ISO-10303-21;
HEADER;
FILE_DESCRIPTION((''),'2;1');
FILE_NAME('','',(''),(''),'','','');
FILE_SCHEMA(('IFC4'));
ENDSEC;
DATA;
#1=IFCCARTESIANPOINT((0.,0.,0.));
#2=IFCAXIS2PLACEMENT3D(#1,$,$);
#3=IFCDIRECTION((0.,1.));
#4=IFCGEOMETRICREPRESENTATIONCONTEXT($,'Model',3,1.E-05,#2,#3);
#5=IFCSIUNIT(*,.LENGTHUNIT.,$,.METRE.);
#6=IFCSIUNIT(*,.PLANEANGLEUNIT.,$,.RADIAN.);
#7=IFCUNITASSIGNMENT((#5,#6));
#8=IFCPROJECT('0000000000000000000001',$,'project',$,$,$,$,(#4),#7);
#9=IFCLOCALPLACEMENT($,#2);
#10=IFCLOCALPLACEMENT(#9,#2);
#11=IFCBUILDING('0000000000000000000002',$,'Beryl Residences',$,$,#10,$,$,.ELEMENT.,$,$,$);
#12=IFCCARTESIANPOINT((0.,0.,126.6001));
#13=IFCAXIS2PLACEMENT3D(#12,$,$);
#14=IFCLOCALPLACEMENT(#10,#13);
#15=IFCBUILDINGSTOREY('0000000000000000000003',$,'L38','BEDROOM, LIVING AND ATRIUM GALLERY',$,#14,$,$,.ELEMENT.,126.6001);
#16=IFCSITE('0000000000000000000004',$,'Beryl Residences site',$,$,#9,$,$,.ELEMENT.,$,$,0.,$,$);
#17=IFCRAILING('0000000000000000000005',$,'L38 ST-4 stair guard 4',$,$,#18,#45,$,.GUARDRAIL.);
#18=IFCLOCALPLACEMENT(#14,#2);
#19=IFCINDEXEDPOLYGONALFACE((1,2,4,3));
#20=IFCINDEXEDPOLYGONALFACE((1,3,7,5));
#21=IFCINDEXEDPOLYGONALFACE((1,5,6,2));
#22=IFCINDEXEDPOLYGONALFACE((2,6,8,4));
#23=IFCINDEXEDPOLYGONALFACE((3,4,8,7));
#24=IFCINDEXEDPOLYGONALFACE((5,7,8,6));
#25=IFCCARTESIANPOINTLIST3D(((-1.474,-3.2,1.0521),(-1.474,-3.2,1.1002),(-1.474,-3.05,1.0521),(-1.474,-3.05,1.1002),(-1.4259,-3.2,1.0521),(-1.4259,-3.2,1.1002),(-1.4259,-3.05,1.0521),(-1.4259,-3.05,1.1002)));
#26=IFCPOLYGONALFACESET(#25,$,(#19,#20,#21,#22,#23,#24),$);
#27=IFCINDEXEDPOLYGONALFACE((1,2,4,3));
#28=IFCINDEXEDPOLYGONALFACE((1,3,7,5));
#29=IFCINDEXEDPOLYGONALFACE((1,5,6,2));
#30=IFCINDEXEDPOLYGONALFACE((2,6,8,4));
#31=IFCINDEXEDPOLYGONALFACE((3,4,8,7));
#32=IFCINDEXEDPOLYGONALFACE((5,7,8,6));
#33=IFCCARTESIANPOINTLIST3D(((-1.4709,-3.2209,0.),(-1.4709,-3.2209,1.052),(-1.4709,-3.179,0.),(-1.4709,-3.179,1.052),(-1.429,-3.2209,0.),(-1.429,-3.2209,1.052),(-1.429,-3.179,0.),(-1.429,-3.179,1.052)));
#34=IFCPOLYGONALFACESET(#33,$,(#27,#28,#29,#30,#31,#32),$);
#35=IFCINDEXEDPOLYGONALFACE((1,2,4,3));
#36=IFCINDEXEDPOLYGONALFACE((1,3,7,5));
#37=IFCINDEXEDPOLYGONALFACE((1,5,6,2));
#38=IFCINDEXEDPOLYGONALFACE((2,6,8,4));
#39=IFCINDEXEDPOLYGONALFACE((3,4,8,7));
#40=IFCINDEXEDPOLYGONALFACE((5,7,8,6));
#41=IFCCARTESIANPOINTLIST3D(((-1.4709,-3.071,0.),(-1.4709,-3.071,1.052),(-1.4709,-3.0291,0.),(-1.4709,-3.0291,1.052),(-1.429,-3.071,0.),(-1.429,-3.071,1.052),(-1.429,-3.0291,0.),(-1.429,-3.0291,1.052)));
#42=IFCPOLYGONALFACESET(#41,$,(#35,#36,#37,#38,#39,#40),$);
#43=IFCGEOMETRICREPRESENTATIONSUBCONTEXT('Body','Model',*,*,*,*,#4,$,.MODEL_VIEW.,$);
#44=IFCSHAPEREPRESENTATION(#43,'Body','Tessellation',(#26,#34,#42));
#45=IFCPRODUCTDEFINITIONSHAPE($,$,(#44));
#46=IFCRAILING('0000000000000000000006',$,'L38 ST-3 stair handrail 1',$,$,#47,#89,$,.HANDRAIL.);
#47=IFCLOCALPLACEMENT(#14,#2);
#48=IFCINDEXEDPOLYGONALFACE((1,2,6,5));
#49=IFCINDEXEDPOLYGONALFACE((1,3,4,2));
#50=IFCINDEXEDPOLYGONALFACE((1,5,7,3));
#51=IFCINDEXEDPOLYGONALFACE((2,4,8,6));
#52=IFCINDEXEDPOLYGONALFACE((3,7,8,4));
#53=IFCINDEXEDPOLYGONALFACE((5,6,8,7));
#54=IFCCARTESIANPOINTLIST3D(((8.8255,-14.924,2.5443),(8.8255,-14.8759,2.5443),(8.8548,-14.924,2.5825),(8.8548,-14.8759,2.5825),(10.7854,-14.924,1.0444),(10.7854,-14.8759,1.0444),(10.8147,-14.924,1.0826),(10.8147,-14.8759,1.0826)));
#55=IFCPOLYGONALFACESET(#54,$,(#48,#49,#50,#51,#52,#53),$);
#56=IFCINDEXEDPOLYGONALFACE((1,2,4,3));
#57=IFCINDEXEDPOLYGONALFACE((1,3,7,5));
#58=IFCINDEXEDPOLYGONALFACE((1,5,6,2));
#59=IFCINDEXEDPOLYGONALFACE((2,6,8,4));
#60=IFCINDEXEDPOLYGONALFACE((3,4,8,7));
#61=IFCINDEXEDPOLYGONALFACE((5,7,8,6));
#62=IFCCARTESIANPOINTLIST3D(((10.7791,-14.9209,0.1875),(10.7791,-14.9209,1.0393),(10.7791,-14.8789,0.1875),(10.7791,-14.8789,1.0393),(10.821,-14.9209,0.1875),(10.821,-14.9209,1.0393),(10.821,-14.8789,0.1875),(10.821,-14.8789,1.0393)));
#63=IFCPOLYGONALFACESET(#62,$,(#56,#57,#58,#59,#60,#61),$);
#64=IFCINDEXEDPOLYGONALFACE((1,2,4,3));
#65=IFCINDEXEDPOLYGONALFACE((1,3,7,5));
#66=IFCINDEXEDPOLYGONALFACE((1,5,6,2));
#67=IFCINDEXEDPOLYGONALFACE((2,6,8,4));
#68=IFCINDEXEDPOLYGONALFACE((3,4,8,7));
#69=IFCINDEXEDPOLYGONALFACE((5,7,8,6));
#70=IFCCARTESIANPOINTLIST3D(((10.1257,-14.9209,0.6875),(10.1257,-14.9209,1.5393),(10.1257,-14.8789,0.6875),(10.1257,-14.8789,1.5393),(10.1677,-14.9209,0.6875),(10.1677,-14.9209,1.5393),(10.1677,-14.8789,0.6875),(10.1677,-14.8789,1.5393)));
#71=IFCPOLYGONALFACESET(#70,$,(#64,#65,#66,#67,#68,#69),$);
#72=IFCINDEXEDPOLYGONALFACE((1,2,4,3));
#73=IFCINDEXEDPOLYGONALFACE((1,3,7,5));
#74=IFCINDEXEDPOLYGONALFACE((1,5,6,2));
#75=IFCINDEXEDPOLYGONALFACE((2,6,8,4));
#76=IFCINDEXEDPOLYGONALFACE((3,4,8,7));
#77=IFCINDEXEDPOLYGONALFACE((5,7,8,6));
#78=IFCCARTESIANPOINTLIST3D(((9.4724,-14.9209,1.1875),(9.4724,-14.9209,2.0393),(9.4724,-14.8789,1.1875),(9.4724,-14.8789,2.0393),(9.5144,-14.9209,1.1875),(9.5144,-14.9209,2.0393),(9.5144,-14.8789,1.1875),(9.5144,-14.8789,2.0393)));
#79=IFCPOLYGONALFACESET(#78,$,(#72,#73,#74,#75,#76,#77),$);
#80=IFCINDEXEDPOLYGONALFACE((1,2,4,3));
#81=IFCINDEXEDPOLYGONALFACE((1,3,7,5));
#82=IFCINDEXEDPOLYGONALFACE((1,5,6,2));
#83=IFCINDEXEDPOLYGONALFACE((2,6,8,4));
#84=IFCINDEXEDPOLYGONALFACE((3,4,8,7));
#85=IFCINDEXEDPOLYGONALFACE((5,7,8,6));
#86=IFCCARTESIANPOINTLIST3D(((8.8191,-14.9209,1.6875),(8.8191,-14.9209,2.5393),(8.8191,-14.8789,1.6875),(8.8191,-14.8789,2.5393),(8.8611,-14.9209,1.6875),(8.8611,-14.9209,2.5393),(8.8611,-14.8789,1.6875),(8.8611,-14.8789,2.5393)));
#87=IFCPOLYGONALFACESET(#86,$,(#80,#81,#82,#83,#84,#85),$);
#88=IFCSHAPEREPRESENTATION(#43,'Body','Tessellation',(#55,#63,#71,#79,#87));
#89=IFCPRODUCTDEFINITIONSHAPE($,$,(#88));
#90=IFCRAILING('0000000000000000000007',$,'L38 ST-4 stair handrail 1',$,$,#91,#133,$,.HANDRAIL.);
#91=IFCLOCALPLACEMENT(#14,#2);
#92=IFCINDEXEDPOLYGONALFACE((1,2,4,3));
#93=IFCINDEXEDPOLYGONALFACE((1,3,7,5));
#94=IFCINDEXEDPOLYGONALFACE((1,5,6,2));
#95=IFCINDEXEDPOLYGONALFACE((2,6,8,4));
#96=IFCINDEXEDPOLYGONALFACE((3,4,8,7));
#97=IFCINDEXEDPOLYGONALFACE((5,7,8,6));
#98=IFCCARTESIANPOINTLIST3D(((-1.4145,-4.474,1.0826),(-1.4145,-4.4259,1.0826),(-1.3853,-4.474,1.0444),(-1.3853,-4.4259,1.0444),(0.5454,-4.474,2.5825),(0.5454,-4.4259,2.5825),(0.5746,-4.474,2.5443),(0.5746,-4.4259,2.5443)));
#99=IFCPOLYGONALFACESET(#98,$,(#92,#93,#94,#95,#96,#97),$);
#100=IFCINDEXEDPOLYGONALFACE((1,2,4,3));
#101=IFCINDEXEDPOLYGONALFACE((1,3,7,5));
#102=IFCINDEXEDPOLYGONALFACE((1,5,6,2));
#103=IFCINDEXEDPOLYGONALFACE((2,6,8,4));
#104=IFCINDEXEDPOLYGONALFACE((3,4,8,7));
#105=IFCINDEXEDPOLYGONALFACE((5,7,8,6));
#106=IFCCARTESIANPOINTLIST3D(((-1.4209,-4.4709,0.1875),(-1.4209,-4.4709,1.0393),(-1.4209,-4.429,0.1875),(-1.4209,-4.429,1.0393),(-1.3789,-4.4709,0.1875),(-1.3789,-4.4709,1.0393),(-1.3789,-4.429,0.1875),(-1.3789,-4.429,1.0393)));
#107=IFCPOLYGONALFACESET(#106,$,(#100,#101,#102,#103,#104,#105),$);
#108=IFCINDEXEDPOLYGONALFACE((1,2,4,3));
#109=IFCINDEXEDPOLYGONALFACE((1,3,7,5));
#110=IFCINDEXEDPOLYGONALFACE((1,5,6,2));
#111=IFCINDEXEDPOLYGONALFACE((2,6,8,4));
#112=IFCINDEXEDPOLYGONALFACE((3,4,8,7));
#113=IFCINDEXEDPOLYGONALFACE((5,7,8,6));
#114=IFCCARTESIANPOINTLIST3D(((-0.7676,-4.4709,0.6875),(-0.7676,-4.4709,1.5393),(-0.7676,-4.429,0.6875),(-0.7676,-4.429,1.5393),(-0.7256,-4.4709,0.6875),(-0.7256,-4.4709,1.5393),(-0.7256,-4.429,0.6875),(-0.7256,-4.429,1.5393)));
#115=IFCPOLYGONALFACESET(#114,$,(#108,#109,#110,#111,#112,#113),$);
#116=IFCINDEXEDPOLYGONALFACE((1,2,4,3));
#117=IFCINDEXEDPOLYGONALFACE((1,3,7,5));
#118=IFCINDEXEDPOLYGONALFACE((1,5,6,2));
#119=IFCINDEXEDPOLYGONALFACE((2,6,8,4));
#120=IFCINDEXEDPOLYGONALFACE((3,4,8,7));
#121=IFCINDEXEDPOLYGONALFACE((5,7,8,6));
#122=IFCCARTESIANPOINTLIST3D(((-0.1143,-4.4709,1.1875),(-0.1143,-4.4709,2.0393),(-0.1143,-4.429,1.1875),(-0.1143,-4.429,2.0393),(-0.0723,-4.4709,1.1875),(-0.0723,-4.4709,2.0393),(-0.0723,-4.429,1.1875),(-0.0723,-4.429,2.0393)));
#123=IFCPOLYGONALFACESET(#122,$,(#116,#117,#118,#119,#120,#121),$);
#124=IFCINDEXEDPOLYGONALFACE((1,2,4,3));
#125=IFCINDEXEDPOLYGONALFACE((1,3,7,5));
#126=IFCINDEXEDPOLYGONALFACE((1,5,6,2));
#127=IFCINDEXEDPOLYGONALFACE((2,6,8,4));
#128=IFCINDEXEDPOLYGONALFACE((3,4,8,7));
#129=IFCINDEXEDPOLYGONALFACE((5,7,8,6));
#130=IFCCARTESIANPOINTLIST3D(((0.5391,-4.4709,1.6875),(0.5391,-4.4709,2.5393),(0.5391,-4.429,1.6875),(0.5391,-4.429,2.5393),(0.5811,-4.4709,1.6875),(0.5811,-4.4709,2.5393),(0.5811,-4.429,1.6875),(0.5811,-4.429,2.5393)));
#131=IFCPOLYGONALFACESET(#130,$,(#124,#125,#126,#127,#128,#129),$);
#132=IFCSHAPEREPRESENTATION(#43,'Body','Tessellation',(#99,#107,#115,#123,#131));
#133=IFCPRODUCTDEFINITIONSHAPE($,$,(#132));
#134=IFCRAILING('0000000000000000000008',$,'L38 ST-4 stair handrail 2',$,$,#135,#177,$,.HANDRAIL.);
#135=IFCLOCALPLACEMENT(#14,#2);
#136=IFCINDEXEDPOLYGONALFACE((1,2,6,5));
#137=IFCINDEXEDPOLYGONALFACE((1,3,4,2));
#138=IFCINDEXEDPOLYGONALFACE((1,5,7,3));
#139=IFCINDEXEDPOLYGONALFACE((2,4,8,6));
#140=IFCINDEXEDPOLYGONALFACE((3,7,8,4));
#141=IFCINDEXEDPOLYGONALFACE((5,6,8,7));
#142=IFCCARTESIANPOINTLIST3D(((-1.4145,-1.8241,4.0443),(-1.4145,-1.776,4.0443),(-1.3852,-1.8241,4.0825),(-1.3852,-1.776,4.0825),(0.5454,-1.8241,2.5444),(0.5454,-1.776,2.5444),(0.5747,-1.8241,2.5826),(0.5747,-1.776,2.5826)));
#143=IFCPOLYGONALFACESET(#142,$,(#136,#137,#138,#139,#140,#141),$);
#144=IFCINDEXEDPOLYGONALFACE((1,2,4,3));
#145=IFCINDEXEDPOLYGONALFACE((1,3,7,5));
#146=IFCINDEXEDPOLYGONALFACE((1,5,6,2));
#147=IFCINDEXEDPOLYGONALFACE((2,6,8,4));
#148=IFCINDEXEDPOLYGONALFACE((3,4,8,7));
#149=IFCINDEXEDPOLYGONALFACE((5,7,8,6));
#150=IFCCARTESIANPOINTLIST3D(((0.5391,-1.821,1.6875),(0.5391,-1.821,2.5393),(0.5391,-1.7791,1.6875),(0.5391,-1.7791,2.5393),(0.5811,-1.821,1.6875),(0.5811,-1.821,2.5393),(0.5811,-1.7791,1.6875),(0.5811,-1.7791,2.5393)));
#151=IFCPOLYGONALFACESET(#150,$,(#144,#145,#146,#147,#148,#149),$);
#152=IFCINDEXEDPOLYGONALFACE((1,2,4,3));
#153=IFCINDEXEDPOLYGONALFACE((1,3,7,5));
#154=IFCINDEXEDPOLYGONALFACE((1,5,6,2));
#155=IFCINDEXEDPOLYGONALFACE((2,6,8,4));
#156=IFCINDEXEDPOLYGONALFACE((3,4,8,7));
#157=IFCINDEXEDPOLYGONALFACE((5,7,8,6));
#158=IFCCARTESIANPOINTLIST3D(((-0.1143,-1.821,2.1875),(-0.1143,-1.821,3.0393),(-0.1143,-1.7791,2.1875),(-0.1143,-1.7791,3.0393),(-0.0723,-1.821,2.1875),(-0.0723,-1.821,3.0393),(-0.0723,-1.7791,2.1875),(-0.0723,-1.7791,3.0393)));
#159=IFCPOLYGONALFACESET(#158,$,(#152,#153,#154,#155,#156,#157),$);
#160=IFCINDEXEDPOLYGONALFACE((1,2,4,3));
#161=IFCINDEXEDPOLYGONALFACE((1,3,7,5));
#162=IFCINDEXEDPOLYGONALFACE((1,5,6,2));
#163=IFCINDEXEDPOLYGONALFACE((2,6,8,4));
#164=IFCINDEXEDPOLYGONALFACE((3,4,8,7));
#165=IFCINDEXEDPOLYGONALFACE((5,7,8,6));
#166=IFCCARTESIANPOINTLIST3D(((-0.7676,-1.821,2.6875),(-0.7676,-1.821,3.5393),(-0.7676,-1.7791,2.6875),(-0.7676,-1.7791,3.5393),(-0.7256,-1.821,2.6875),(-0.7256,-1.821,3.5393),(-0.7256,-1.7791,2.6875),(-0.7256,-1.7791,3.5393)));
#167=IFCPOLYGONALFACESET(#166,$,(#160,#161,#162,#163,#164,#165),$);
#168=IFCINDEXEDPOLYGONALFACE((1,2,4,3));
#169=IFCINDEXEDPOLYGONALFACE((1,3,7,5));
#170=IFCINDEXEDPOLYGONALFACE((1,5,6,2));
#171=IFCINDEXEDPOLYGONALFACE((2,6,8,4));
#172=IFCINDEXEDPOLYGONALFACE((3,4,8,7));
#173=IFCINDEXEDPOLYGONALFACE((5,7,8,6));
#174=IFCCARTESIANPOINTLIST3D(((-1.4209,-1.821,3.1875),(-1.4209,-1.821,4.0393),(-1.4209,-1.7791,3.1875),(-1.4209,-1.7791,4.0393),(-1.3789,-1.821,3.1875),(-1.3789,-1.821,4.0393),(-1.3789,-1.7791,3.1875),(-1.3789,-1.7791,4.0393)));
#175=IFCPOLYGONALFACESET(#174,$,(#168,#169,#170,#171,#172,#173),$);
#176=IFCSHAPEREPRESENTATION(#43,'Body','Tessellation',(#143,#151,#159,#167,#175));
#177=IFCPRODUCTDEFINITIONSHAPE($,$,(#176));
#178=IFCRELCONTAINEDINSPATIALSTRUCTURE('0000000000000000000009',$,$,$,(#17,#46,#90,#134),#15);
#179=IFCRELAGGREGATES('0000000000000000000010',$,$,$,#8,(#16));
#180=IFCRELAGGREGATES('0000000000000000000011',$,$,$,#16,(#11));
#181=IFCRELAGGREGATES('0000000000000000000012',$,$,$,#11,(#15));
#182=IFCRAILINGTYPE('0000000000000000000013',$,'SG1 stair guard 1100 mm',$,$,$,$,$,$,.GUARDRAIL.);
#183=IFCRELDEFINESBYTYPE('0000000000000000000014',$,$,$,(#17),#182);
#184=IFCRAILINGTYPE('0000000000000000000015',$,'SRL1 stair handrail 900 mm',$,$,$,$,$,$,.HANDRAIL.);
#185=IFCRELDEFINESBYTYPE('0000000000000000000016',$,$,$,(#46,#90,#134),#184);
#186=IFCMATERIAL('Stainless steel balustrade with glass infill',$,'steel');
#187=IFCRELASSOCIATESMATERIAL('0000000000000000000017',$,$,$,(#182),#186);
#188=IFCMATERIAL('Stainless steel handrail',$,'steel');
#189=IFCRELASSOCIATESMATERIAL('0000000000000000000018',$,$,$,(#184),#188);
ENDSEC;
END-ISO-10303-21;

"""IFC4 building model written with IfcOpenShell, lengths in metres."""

from ifc_helpers import new_model, si_unit, direction, frame, origin, origin_2d, place, context, subcontext, project, spatial, rectangle, extrude, material, type_object, element, save


model = new_model("IFC4")

# Units and contexts
model_context = context("Model", 3, precision=1e-05, world=origin(), true_north=direction((0.0, 1.0)))
body_context = subcontext(model_context, "Body", "Model", "MODEL_VIEW")
ifc_project = project(units=[si_unit("LENGTHUNIT", "METRE"), si_unit("PLANEANGLEUNIT", "RADIAN")], contexts=[model_context])

# Site, building, storey
site_placement = place(None, origin())
site = spatial("IfcSite", under=ifc_project, at=site_placement, Name="Beryl Residences site", CompositionType="ELEMENT", RefElevation=0.0)
building_placement = place(site_placement, origin())
building = spatial("IfcBuilding", under=site, at=building_placement, Name="Beryl Residences", CompositionType="ELEMENT")
storey_placement = place(building_placement, frame((0.0, 0.0, 126.6001)))
storey = spatial("IfcBuildingStorey", under=building, at=storey_placement, Name="L38", Description="BEDROOM, LIVING AND ATRIUM GALLERY", CompositionType="ELEMENT", Elevation=126.6001)

# Railings
ifc_material_1 = material(Name="Stainless steel balustrade with glass infill", Category="steel")
railing_type_1 = type_object("IfcRailingType", Name="SG1 stair guard 1100 mm", PredefinedType="GUARDRAIL", material=ifc_material_1)
railing_1_placement = place(storey_placement, frame((-1.45, -3.2, 0.0)))
element("IfcRailing", 1, at=railing_1_placement, inside=storey, type_object=railing_type_1, Name="L38 ST-4 stair guard 4", PredefinedType="GUARDRAIL", context=body_context, shape_type="SweptSolid", body=[
    extrude(rectangle(XDim=0.0481, YDim=0.0481, at=origin_2d()), frame((0.0, 0.0, 1.0762), z_axis=(0.0, 1.0, 0.0), x_axis=(-1.0, 0.0, 0.0)), (0.0, 0.0, 1.0), 0.1499),
    extrude(rectangle(XDim=0.042, YDim=0.042, at=origin_2d()), origin(), (0.0, 0.0, 1.0), 1.052),
    extrude(rectangle(XDim=0.042, YDim=0.042, at=origin_2d()), frame((0.0, 0.1499, 0.0)), (0.0, 0.0, 1.0), 1.052),
])
ifc_material_2 = material(Name="Stainless steel handrail", Category="steel")
railing_type_2 = type_object("IfcRailingType", Name="SRL1 stair handrail 900 mm", PredefinedType="HANDRAIL", material=ifc_material_2)
railing_2_placement = place(storey_placement, frame((10.8, -14.8999, 0.1875)))
element("IfcRailing", 2, at=railing_2_placement, inside=storey, type_object=railing_type_2, Name="L38 ST-3 stair handrail 1", PredefinedType="HANDRAIL", context=body_context, shape_type="SweptSolid", body=[
    extrude(rectangle(XDim=0.0481, YDim=0.0481, at=origin_2d()), frame((0.0, 0.0, 0.876), z_axis=(-0.794122, 0.0, 0.607758), x_axis=(0.0, -1.0, 0.0)), (0.0, 0.0, 1.0), 2.468),
    extrude(rectangle(XDim=0.042, YDim=0.042, at=origin_2d()), origin(), (0.0, 0.0, 1.0), 0.8518),
    extrude(rectangle(XDim=0.042, YDim=0.042, at=origin_2d()), frame((-0.6533, 0.0, 0.5)), (0.0, 0.0, 1.0), 0.8518),
    extrude(rectangle(XDim=0.042, YDim=0.042, at=origin_2d()), frame((-1.3066, 0.0, 1.0)), (0.0, 0.0, 1.0), 0.8518),
    extrude(rectangle(XDim=0.042, YDim=0.042, at=origin_2d()), frame((-1.96, 0.0, 1.5)), (0.0, 0.0, 1.0), 0.8518),
])
railing_3_placement = place(storey_placement, frame((-1.3999, -4.45, 0.1875)))
element("IfcRailing", 3, at=railing_3_placement, inside=storey, type_object=railing_type_2, Name="L38 ST-4 stair handrail 1", PredefinedType="HANDRAIL", context=body_context, shape_type="SweptSolid", body=[
    extrude(rectangle(XDim=0.0481, YDim=0.0481, at=origin_2d()), frame((0.0, 0.0, 0.876), z_axis=(0.794122, 0.0, 0.607758), x_axis=(0.0, 1.0, 0.0)), (0.0, 0.0, 1.0), 2.468),
    extrude(rectangle(XDim=0.042, YDim=0.042, at=origin_2d()), origin(), (0.0, 0.0, 1.0), 0.8518),
    extrude(rectangle(XDim=0.042, YDim=0.042, at=origin_2d()), frame((0.6533, 0.0, 0.5)), (0.0, 0.0, 1.0), 0.8518),
    extrude(rectangle(XDim=0.042, YDim=0.042, at=origin_2d()), frame((1.3066, 0.0, 1.0)), (0.0, 0.0, 1.0), 0.8518),
    extrude(rectangle(XDim=0.042, YDim=0.042, at=origin_2d()), frame((1.96, 0.0, 1.5)), (0.0, 0.0, 1.0), 0.8518),
])
railing_4_placement = place(storey_placement, frame((0.5601, -1.8, 1.6875)))
element("IfcRailing", 4, at=railing_4_placement, inside=storey, type_object=railing_type_2, Name="L38 ST-4 stair handrail 2", PredefinedType="HANDRAIL", context=body_context, shape_type="SweptSolid", body=[
    extrude(rectangle(XDim=0.0481, YDim=0.0481, at=origin_2d()), frame((0.0, 0.0, 0.876), z_axis=(-0.794122, 0.0, 0.607758), x_axis=(0.0, -1.0, 0.0)), (0.0, 0.0, 1.0), 2.468),
    extrude(rectangle(XDim=0.042, YDim=0.042, at=origin_2d()), origin(), (0.0, 0.0, 1.0), 0.8518),
    extrude(rectangle(XDim=0.042, YDim=0.042, at=origin_2d()), frame((-0.6533, 0.0, 0.5)), (0.0, 0.0, 1.0), 0.8518),
    extrude(rectangle(XDim=0.042, YDim=0.042, at=origin_2d()), frame((-1.3066, 0.0, 1.0)), (0.0, 0.0, 1.0), 0.8518),
    extrude(rectangle(XDim=0.042, YDim=0.042, at=origin_2d()), frame((-1.96, 0.0, 1.5)), (0.0, 0.0, 1.0), 0.8518),
])

save(model, "model.ifc")
